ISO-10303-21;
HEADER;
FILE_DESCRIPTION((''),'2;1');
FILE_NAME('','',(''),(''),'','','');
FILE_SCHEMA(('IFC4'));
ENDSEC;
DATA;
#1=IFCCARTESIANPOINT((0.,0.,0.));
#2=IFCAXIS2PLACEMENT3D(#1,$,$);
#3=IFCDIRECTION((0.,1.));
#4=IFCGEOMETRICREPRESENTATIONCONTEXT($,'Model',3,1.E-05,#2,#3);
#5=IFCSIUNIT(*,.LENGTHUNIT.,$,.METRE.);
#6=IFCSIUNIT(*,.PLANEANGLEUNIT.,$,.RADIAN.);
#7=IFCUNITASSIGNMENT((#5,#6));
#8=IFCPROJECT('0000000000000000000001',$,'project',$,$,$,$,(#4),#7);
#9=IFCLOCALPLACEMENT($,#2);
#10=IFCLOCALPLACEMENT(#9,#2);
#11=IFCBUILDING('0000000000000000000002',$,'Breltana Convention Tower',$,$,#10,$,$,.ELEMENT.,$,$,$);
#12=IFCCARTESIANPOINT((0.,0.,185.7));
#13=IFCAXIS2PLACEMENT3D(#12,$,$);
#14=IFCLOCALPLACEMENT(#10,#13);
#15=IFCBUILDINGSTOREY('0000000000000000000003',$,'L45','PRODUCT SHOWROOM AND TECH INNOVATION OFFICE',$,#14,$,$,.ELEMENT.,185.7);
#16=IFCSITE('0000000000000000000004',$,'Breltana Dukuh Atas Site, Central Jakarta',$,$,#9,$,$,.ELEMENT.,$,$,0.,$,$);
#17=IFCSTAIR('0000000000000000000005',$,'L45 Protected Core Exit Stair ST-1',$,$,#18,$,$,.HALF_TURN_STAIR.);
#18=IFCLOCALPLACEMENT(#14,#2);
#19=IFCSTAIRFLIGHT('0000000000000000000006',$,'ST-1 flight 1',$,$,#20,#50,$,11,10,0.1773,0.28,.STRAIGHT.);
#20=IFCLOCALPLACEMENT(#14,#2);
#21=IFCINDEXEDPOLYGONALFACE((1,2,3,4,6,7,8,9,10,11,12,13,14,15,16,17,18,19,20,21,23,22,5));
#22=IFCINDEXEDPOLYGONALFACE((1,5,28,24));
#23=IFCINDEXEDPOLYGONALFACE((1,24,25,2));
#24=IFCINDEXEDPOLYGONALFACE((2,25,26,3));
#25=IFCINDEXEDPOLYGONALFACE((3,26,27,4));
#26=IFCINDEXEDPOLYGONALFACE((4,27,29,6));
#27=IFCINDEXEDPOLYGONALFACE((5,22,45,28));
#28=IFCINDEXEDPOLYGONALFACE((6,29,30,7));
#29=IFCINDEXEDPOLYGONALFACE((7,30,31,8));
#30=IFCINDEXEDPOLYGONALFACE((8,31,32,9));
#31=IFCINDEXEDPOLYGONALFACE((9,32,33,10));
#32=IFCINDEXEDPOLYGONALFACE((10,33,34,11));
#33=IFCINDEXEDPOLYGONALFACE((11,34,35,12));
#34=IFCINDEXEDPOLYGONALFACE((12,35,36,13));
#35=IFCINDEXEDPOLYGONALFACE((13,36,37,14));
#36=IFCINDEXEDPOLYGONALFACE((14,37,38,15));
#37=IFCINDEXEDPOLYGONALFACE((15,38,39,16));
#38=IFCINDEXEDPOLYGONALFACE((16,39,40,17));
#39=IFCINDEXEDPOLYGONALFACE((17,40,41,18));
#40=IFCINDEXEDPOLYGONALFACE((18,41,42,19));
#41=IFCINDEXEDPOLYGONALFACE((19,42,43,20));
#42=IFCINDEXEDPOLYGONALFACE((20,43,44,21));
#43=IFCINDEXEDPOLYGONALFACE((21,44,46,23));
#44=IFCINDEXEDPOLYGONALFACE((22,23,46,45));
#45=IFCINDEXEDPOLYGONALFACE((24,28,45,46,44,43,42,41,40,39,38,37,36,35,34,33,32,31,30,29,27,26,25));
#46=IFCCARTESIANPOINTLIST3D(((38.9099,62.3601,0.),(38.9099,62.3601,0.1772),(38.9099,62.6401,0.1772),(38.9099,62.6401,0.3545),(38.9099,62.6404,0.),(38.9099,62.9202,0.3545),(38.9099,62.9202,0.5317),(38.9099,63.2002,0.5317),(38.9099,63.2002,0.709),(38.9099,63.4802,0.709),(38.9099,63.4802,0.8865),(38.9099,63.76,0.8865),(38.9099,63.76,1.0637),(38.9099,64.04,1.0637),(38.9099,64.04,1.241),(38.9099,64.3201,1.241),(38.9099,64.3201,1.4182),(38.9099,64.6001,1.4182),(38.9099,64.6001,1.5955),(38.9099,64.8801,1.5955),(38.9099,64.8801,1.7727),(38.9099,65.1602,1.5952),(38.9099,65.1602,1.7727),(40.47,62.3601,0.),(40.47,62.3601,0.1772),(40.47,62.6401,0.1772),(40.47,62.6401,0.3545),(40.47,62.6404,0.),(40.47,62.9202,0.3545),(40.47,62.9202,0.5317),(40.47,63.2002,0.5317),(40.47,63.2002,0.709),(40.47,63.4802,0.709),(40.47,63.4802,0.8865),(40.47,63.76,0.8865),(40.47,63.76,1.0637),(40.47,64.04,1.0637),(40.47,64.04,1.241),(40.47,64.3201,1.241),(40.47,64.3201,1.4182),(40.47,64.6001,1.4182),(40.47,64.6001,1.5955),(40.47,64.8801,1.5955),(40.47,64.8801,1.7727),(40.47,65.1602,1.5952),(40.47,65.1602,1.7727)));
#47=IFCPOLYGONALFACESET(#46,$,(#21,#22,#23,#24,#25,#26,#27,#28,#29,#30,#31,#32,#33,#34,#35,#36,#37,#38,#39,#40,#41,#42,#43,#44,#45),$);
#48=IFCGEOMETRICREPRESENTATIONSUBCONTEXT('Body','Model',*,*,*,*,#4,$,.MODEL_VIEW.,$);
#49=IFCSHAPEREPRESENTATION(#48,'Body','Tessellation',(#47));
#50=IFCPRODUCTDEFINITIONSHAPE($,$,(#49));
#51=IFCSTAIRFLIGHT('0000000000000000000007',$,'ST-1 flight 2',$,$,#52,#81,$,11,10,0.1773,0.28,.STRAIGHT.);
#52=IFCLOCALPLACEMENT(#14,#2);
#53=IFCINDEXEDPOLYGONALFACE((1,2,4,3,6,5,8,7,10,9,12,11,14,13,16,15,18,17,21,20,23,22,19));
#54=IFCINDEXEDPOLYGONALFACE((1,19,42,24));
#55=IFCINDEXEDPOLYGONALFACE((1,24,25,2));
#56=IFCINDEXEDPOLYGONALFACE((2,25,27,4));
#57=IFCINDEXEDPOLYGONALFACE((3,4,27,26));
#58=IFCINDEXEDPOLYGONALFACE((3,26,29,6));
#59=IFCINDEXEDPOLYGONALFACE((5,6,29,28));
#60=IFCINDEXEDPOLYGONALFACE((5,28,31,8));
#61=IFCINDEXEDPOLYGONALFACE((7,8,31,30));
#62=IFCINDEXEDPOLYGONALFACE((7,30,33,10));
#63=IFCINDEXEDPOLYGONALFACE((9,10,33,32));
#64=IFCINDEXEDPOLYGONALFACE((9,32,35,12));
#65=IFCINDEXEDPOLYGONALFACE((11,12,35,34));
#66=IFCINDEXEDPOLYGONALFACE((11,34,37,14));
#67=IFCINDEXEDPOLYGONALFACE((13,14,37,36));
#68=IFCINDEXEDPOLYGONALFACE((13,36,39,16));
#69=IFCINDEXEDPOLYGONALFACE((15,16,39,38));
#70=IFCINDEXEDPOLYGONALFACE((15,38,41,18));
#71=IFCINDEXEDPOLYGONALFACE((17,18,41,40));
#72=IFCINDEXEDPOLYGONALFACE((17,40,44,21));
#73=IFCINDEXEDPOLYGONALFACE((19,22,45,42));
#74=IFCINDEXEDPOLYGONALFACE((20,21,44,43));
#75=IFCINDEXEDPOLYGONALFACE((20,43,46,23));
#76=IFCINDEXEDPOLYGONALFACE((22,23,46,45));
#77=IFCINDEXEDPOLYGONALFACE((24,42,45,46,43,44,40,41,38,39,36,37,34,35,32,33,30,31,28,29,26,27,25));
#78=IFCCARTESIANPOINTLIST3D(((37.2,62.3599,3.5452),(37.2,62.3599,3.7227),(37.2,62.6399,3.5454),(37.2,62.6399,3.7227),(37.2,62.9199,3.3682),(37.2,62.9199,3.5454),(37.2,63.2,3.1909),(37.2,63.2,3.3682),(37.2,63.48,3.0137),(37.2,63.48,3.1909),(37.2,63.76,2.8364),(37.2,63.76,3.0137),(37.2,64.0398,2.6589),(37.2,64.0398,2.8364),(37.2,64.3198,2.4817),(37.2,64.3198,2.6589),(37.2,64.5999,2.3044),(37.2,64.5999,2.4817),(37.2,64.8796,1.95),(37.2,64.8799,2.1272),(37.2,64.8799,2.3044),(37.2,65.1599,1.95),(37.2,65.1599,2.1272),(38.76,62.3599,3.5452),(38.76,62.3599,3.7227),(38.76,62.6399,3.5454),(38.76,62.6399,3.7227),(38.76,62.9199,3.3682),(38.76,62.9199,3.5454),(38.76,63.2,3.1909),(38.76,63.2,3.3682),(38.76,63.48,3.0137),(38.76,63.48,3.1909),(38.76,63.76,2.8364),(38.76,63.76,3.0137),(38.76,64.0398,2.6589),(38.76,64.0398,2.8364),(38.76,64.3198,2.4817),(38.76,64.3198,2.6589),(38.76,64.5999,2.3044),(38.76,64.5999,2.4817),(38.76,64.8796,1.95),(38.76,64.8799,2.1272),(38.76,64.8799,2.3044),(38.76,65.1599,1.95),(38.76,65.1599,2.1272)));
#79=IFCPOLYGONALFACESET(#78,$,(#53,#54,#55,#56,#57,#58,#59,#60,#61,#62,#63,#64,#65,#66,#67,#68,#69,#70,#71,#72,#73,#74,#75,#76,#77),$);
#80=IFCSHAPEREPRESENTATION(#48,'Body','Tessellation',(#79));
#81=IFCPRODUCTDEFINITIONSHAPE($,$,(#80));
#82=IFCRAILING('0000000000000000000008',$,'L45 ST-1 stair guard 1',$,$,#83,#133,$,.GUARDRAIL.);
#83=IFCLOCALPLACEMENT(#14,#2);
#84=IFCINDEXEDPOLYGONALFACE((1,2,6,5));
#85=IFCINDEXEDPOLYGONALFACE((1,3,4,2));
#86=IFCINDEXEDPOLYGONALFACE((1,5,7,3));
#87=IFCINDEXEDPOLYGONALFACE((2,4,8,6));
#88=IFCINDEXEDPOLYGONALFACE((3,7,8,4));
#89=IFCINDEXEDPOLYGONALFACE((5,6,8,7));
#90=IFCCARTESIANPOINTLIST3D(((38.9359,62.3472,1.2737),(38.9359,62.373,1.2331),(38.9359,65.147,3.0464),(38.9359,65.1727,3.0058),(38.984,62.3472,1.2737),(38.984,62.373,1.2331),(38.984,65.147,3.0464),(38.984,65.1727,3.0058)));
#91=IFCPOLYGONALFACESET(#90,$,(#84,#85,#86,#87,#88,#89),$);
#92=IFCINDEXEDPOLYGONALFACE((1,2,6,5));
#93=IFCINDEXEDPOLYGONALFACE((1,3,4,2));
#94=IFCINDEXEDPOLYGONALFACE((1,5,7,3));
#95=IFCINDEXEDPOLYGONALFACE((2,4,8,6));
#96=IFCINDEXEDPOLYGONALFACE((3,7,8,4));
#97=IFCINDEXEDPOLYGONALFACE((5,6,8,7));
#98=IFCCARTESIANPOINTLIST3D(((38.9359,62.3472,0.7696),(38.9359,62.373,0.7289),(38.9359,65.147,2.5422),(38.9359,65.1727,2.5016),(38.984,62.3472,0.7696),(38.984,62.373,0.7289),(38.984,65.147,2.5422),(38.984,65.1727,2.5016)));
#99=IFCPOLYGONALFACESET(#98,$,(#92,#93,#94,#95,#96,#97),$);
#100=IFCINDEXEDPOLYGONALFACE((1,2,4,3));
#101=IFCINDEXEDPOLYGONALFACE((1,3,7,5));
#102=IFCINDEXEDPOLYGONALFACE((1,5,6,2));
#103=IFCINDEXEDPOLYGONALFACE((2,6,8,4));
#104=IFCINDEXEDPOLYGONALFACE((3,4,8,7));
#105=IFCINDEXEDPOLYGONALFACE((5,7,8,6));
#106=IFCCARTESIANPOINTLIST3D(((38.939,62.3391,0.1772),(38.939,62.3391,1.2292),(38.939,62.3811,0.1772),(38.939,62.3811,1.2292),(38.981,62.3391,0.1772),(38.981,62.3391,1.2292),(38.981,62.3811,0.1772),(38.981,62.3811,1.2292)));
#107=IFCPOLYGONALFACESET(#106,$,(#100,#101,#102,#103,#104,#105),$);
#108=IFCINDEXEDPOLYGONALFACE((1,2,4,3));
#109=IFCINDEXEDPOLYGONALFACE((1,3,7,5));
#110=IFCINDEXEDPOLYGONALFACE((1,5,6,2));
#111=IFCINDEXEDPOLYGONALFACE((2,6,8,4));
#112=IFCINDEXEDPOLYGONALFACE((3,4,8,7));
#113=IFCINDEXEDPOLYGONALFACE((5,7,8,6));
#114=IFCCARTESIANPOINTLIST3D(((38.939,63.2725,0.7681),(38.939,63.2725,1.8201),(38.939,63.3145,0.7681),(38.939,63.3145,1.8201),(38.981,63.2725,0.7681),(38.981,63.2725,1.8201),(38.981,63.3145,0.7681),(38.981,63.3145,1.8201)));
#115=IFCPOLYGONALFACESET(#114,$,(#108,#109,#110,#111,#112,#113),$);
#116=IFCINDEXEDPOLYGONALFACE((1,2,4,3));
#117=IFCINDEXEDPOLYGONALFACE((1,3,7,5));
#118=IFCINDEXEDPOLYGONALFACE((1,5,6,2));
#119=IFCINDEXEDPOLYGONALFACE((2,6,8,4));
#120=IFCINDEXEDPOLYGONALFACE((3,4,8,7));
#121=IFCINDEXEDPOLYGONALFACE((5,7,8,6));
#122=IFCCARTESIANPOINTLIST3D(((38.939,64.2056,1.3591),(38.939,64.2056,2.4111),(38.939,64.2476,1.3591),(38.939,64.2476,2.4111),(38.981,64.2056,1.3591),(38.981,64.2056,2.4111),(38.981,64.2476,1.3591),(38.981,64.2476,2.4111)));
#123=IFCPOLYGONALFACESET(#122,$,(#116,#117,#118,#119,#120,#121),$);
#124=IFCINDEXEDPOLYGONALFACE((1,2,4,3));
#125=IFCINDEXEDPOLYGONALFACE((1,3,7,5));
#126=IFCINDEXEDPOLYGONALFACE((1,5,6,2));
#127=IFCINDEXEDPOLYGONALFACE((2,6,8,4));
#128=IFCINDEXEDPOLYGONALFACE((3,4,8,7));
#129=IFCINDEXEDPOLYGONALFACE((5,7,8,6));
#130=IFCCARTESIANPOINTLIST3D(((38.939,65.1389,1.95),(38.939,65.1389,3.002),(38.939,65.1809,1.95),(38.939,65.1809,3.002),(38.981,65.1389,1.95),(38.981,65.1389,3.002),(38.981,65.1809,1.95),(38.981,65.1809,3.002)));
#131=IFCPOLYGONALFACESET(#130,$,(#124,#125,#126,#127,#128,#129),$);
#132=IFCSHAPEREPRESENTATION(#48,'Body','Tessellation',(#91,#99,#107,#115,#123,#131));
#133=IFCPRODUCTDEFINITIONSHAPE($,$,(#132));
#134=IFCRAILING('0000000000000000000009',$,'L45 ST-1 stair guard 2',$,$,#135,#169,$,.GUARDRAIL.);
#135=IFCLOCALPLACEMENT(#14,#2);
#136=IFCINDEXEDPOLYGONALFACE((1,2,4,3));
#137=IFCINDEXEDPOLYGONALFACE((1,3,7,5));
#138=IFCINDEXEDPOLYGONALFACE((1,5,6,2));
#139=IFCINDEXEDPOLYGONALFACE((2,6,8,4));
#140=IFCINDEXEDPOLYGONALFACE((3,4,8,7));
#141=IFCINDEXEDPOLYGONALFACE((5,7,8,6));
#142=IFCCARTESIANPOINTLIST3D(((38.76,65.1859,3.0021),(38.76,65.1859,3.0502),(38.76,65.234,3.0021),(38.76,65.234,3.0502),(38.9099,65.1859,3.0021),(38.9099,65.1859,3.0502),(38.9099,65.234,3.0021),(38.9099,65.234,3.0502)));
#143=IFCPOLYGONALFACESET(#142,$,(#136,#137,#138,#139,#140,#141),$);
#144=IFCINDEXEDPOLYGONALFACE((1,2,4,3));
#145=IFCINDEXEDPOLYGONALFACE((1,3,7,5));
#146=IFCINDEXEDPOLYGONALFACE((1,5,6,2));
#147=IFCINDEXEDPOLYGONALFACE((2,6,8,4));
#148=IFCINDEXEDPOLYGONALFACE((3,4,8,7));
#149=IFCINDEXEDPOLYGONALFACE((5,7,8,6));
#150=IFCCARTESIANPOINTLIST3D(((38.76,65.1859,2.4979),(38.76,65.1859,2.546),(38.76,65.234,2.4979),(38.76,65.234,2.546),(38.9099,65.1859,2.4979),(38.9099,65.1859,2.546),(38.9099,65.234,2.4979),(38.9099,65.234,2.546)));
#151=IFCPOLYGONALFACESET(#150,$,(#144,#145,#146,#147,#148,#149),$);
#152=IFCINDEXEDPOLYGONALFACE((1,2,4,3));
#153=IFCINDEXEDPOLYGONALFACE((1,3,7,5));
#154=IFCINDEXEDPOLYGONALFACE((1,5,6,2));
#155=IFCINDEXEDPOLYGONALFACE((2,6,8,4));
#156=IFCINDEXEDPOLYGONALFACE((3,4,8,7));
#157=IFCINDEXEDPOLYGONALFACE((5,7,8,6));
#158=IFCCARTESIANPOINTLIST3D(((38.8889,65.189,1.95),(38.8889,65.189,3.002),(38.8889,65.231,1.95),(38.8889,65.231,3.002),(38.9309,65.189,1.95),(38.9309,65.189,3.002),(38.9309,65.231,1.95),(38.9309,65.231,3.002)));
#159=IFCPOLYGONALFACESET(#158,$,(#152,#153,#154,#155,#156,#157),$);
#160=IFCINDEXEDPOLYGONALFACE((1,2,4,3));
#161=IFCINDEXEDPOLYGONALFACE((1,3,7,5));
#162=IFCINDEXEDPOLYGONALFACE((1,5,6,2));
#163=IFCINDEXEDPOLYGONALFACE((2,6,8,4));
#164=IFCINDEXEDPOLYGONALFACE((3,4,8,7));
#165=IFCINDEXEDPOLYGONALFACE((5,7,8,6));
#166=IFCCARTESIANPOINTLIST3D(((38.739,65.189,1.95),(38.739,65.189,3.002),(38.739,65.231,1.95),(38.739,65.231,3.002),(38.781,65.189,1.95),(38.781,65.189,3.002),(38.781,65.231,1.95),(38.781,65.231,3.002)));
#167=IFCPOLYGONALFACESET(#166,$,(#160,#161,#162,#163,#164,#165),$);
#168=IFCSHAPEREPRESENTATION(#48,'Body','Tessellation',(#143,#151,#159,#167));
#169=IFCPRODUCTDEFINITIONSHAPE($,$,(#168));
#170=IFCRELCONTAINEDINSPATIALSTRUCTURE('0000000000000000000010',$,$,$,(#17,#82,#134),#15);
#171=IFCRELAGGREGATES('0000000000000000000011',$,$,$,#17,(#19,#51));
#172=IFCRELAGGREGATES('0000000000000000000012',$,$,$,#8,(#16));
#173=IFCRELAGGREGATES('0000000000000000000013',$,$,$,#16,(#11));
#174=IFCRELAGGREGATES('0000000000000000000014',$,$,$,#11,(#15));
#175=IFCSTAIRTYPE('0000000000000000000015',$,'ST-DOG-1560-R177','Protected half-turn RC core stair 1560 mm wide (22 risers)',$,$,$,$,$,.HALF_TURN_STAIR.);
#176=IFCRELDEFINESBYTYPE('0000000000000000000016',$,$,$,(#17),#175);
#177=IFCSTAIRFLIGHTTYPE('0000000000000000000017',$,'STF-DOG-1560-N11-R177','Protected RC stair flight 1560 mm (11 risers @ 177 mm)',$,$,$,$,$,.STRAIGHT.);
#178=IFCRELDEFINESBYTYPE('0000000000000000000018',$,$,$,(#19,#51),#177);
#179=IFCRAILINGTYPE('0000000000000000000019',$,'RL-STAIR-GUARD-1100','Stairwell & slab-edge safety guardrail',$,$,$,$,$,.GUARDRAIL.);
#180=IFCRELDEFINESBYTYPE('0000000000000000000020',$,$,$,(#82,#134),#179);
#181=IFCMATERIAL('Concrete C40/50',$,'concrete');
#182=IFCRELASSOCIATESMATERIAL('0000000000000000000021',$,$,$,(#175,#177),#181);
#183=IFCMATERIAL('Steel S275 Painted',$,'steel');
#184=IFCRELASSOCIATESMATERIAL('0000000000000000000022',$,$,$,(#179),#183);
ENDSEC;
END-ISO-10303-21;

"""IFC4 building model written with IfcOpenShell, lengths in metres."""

from ifc_helpers import new_model, si_unit, direction, frame, origin, origin_2d, place, context, subcontext, project, spatial, polyline, rectangle, outline, extrude, material, type_object, element, aggregate, save


model = new_model("IFC4")

# Units and contexts
model_context = context("Model", 3, precision=1e-05, world=origin(), true_north=direction((0.0, 1.0)))
body_context = subcontext(model_context, "Body", "Model", "MODEL_VIEW")
ifc_project = project(units=[si_unit("LENGTHUNIT", "METRE"), si_unit("PLANEANGLEUNIT", "RADIAN")], contexts=[model_context])

# Site, building, storey
site_placement = place(None, origin())
site = spatial("IfcSite", under=ifc_project, at=site_placement, Name="Breltana Dukuh Atas Site, Central Jakarta", CompositionType="ELEMENT", RefElevation=0.0)
building_placement = place(site_placement, origin())
building = spatial("IfcBuilding", under=site, at=building_placement, Name="Breltana Convention Tower", CompositionType="ELEMENT")
storey_placement = place(building_placement, frame((0.0, 0.0, 185.7)))
storey = spatial("IfcBuildingStorey", under=building, at=storey_placement, Name="L45", Description="PRODUCT SHOWROOM AND TECH INNOVATION OFFICE", CompositionType="ELEMENT", Elevation=185.7)

# Stair, stair flights
ifc_material_1 = material(Name="Concrete C40/50", Category="concrete")
stair_type = type_object("IfcStairType", Name="ST-DOG-1560-R177", Description="Protected half-turn RC core stair 1560 mm wide (22 risers)", PredefinedType="HALF_TURN_STAIR", material=ifc_material_1)
stair_placement = place(storey_placement, origin())
stair = element("IfcStair", 1, at=stair_placement, inside=storey, type_object=stair_type, Name="L45 Protected Core Exit Stair ST-1", PredefinedType="HALF_TURN_STAIR")
stair_flight_type = type_object("IfcStairFlightType", Name="STF-DOG-1560-N11-R177", Description="Protected RC stair flight 1560 mm (11 risers @ 177 mm)", PredefinedType="STRAIGHT", material=ifc_material_1)
stair_flight_1_placement = place(storey_placement, frame((39.6899, 62.3601, 0.0), z_axis=(0.0, 0.0, 1.0), x_axis=(0.0, 1.0, 0.0)))
stair_flight_1 = element("IfcStairFlight", 2, at=stair_flight_1_placement, type_object=stair_flight_type, Name="ST-1 flight 1", NumberOfRisers=11, NumberOfTreads=10, PredefinedType="STRAIGHT", RiserHeight=0.1773, TreadLength=0.28, context=body_context, shape_type="SweptSolid", body=[
    extrude(outline(polyline([(0.0, 0.0), (0.0, 0.1772), (0.28, 0.1772), (0.28, 0.3545), (0.5601, 0.3545), (0.5601, 0.5317), (0.8401, 0.5317), (0.8401, 0.709), (1.1201, 0.709), (1.1201, 0.8865), (1.3999, 0.8865), (1.3999, 1.0637), (1.6799, 1.0637), (1.6799, 1.241), (1.96, 1.241), (1.96, 1.4182), (2.24, 1.4182), (2.24, 1.5955), (2.52, 1.5955), (2.52, 1.7727), (2.8, 1.7727), (2.8, 1.95), (2.8, 1.5952), (0.2803, 0.0), (0.0, 0.0)])), frame((0.0, 0.78, 0.0), z_axis=(0.0, -1.0, 0.0), x_axis=(1.0, 0.0, 0.0)), (0.0, 0.0, 1.0), 1.5601),
])
stair_flight_2_placement = place(storey_placement, frame((37.98, 65.1599, 1.95), z_axis=(0.0, 0.0, 1.0), x_axis=(0.0, -1.0, 0.0)))
stair_flight_2 = element("IfcStairFlight", 3, at=stair_flight_2_placement, type_object=stair_flight_type, Name="ST-1 flight 2", NumberOfRisers=11, NumberOfTreads=10, PredefinedType="STRAIGHT", RiserHeight=0.1773, TreadLength=0.28, context=body_context, shape_type="SweptSolid", body=[
    extrude(outline(polyline([(0.0, 0.0), (0.0, 0.1772), (0.28, 0.1772), (0.28, 0.3545), (0.5601, 0.3545), (0.5601, 0.5317), (0.8401, 0.5317), (0.8401, 0.709), (1.1201, 0.709), (1.1201, 0.8865), (1.3999, 0.8865), (1.3999, 1.0637), (1.6799, 1.0637), (1.6799, 1.241), (1.96, 1.241), (1.96, 1.4182), (2.24, 1.4182), (2.24, 1.5955), (2.52, 1.5955), (2.52, 1.7727), (2.8, 1.7727), (2.8, 1.95), (2.8, 1.5952), (0.2803, 0.0), (0.0, 0.0)])), frame((0.0, 0.78, 0.0), z_axis=(0.0, -1.0, 0.0), x_axis=(1.0, 0.0, 0.0)), (0.0, 0.0, 1.0), 1.5601),
])
aggregate(stair, [stair_flight_1, stair_flight_2])

# Railings
ifc_material_2 = material(Name="Steel S275 Painted", Category="steel")
railing_type_1 = type_object("IfcRailingType", Name="RL-STAIR-GUARD-1100", Description="Stairwell & slab-edge safety guardrail", PredefinedType="GUARDRAIL", material=ifc_material_2)
railing_1_placement = place(storey_placement, frame((38.96, 62.3601, 0.1772)))
element("IfcRailing", 4, at=railing_1_placement, inside=storey, type_object=railing_type_1, Name="L45 ST-1 stair guard 1", PredefinedType="GUARDRAIL", context=body_context, shape_type="SweptSolid", body=[
    extrude(rectangle(XDim=0.0481, YDim=0.0481, at=origin_2d()), frame((0.0, 0.0, 1.0762), z_axis=(0.0, 0.844888, 0.534943), x_axis=(-1.0, 0.0, 0.0)), (0.0, 0.0, 1.0), 3.3137),
    extrude(rectangle(XDim=0.0481, YDim=0.0481, at=origin_2d()), frame((0.0, 0.0, 0.572), z_axis=(0.0, 0.844888, 0.534943), x_axis=(-1.0, 0.0, 0.0)), (0.0, 0.0, 1.0), 3.3137),
    extrude(rectangle(XDim=0.042, YDim=0.042, at=origin_2d()), origin(), (0.0, 0.0, 1.0), 1.052),
    extrude(rectangle(XDim=0.042, YDim=0.042, at=origin_2d()), frame((0.0, 0.9333, 0.5908)), (0.0, 0.0, 1.0), 1.052),
    extrude(rectangle(XDim=0.042, YDim=0.042, at=origin_2d()), frame((0.0, 1.8665, 1.1819)), (0.0, 0.0, 1.0), 1.052),
    extrude(rectangle(XDim=0.042, YDim=0.042, at=origin_2d()), frame((0.0, 2.7998, 1.7727)), (0.0, 0.0, 1.0), 1.052),
])
railing_2_placement = place(storey_placement, frame((38.9099, 65.21, 1.95)))
element("IfcRailing", 5, at=railing_2_placement, inside=storey, type_object=railing_type_1, Name="L45 ST-1 stair guard 2", PredefinedType="GUARDRAIL", context=body_context, shape_type="SweptSolid", body=[
    extrude(rectangle(XDim=0.0481, YDim=0.0481, at=origin_2d()), frame((0.0, 0.0, 1.0762), z_axis=(-1.0, 0.0, 0.0), x_axis=(0.0, -1.0, 0.0)), (0.0, 0.0, 1.0), 0.1499),
    extrude(rectangle(XDim=0.0481, YDim=0.0481, at=origin_2d()), frame((0.0, 0.0, 0.572), z_axis=(-1.0, 0.0, 0.0), x_axis=(0.0, -1.0, 0.0)), (0.0, 0.0, 1.0), 0.1499),
    extrude(rectangle(XDim=0.042, YDim=0.042, at=origin_2d()), origin(), (0.0, 0.0, 1.0), 1.052),
    extrude(rectangle(XDim=0.042, YDim=0.042, at=origin_2d()), frame((-0.1499, 0.0, 0.0)), (0.0, 0.0, 1.0), 1.052),
])

save(model, "model.ifc")
